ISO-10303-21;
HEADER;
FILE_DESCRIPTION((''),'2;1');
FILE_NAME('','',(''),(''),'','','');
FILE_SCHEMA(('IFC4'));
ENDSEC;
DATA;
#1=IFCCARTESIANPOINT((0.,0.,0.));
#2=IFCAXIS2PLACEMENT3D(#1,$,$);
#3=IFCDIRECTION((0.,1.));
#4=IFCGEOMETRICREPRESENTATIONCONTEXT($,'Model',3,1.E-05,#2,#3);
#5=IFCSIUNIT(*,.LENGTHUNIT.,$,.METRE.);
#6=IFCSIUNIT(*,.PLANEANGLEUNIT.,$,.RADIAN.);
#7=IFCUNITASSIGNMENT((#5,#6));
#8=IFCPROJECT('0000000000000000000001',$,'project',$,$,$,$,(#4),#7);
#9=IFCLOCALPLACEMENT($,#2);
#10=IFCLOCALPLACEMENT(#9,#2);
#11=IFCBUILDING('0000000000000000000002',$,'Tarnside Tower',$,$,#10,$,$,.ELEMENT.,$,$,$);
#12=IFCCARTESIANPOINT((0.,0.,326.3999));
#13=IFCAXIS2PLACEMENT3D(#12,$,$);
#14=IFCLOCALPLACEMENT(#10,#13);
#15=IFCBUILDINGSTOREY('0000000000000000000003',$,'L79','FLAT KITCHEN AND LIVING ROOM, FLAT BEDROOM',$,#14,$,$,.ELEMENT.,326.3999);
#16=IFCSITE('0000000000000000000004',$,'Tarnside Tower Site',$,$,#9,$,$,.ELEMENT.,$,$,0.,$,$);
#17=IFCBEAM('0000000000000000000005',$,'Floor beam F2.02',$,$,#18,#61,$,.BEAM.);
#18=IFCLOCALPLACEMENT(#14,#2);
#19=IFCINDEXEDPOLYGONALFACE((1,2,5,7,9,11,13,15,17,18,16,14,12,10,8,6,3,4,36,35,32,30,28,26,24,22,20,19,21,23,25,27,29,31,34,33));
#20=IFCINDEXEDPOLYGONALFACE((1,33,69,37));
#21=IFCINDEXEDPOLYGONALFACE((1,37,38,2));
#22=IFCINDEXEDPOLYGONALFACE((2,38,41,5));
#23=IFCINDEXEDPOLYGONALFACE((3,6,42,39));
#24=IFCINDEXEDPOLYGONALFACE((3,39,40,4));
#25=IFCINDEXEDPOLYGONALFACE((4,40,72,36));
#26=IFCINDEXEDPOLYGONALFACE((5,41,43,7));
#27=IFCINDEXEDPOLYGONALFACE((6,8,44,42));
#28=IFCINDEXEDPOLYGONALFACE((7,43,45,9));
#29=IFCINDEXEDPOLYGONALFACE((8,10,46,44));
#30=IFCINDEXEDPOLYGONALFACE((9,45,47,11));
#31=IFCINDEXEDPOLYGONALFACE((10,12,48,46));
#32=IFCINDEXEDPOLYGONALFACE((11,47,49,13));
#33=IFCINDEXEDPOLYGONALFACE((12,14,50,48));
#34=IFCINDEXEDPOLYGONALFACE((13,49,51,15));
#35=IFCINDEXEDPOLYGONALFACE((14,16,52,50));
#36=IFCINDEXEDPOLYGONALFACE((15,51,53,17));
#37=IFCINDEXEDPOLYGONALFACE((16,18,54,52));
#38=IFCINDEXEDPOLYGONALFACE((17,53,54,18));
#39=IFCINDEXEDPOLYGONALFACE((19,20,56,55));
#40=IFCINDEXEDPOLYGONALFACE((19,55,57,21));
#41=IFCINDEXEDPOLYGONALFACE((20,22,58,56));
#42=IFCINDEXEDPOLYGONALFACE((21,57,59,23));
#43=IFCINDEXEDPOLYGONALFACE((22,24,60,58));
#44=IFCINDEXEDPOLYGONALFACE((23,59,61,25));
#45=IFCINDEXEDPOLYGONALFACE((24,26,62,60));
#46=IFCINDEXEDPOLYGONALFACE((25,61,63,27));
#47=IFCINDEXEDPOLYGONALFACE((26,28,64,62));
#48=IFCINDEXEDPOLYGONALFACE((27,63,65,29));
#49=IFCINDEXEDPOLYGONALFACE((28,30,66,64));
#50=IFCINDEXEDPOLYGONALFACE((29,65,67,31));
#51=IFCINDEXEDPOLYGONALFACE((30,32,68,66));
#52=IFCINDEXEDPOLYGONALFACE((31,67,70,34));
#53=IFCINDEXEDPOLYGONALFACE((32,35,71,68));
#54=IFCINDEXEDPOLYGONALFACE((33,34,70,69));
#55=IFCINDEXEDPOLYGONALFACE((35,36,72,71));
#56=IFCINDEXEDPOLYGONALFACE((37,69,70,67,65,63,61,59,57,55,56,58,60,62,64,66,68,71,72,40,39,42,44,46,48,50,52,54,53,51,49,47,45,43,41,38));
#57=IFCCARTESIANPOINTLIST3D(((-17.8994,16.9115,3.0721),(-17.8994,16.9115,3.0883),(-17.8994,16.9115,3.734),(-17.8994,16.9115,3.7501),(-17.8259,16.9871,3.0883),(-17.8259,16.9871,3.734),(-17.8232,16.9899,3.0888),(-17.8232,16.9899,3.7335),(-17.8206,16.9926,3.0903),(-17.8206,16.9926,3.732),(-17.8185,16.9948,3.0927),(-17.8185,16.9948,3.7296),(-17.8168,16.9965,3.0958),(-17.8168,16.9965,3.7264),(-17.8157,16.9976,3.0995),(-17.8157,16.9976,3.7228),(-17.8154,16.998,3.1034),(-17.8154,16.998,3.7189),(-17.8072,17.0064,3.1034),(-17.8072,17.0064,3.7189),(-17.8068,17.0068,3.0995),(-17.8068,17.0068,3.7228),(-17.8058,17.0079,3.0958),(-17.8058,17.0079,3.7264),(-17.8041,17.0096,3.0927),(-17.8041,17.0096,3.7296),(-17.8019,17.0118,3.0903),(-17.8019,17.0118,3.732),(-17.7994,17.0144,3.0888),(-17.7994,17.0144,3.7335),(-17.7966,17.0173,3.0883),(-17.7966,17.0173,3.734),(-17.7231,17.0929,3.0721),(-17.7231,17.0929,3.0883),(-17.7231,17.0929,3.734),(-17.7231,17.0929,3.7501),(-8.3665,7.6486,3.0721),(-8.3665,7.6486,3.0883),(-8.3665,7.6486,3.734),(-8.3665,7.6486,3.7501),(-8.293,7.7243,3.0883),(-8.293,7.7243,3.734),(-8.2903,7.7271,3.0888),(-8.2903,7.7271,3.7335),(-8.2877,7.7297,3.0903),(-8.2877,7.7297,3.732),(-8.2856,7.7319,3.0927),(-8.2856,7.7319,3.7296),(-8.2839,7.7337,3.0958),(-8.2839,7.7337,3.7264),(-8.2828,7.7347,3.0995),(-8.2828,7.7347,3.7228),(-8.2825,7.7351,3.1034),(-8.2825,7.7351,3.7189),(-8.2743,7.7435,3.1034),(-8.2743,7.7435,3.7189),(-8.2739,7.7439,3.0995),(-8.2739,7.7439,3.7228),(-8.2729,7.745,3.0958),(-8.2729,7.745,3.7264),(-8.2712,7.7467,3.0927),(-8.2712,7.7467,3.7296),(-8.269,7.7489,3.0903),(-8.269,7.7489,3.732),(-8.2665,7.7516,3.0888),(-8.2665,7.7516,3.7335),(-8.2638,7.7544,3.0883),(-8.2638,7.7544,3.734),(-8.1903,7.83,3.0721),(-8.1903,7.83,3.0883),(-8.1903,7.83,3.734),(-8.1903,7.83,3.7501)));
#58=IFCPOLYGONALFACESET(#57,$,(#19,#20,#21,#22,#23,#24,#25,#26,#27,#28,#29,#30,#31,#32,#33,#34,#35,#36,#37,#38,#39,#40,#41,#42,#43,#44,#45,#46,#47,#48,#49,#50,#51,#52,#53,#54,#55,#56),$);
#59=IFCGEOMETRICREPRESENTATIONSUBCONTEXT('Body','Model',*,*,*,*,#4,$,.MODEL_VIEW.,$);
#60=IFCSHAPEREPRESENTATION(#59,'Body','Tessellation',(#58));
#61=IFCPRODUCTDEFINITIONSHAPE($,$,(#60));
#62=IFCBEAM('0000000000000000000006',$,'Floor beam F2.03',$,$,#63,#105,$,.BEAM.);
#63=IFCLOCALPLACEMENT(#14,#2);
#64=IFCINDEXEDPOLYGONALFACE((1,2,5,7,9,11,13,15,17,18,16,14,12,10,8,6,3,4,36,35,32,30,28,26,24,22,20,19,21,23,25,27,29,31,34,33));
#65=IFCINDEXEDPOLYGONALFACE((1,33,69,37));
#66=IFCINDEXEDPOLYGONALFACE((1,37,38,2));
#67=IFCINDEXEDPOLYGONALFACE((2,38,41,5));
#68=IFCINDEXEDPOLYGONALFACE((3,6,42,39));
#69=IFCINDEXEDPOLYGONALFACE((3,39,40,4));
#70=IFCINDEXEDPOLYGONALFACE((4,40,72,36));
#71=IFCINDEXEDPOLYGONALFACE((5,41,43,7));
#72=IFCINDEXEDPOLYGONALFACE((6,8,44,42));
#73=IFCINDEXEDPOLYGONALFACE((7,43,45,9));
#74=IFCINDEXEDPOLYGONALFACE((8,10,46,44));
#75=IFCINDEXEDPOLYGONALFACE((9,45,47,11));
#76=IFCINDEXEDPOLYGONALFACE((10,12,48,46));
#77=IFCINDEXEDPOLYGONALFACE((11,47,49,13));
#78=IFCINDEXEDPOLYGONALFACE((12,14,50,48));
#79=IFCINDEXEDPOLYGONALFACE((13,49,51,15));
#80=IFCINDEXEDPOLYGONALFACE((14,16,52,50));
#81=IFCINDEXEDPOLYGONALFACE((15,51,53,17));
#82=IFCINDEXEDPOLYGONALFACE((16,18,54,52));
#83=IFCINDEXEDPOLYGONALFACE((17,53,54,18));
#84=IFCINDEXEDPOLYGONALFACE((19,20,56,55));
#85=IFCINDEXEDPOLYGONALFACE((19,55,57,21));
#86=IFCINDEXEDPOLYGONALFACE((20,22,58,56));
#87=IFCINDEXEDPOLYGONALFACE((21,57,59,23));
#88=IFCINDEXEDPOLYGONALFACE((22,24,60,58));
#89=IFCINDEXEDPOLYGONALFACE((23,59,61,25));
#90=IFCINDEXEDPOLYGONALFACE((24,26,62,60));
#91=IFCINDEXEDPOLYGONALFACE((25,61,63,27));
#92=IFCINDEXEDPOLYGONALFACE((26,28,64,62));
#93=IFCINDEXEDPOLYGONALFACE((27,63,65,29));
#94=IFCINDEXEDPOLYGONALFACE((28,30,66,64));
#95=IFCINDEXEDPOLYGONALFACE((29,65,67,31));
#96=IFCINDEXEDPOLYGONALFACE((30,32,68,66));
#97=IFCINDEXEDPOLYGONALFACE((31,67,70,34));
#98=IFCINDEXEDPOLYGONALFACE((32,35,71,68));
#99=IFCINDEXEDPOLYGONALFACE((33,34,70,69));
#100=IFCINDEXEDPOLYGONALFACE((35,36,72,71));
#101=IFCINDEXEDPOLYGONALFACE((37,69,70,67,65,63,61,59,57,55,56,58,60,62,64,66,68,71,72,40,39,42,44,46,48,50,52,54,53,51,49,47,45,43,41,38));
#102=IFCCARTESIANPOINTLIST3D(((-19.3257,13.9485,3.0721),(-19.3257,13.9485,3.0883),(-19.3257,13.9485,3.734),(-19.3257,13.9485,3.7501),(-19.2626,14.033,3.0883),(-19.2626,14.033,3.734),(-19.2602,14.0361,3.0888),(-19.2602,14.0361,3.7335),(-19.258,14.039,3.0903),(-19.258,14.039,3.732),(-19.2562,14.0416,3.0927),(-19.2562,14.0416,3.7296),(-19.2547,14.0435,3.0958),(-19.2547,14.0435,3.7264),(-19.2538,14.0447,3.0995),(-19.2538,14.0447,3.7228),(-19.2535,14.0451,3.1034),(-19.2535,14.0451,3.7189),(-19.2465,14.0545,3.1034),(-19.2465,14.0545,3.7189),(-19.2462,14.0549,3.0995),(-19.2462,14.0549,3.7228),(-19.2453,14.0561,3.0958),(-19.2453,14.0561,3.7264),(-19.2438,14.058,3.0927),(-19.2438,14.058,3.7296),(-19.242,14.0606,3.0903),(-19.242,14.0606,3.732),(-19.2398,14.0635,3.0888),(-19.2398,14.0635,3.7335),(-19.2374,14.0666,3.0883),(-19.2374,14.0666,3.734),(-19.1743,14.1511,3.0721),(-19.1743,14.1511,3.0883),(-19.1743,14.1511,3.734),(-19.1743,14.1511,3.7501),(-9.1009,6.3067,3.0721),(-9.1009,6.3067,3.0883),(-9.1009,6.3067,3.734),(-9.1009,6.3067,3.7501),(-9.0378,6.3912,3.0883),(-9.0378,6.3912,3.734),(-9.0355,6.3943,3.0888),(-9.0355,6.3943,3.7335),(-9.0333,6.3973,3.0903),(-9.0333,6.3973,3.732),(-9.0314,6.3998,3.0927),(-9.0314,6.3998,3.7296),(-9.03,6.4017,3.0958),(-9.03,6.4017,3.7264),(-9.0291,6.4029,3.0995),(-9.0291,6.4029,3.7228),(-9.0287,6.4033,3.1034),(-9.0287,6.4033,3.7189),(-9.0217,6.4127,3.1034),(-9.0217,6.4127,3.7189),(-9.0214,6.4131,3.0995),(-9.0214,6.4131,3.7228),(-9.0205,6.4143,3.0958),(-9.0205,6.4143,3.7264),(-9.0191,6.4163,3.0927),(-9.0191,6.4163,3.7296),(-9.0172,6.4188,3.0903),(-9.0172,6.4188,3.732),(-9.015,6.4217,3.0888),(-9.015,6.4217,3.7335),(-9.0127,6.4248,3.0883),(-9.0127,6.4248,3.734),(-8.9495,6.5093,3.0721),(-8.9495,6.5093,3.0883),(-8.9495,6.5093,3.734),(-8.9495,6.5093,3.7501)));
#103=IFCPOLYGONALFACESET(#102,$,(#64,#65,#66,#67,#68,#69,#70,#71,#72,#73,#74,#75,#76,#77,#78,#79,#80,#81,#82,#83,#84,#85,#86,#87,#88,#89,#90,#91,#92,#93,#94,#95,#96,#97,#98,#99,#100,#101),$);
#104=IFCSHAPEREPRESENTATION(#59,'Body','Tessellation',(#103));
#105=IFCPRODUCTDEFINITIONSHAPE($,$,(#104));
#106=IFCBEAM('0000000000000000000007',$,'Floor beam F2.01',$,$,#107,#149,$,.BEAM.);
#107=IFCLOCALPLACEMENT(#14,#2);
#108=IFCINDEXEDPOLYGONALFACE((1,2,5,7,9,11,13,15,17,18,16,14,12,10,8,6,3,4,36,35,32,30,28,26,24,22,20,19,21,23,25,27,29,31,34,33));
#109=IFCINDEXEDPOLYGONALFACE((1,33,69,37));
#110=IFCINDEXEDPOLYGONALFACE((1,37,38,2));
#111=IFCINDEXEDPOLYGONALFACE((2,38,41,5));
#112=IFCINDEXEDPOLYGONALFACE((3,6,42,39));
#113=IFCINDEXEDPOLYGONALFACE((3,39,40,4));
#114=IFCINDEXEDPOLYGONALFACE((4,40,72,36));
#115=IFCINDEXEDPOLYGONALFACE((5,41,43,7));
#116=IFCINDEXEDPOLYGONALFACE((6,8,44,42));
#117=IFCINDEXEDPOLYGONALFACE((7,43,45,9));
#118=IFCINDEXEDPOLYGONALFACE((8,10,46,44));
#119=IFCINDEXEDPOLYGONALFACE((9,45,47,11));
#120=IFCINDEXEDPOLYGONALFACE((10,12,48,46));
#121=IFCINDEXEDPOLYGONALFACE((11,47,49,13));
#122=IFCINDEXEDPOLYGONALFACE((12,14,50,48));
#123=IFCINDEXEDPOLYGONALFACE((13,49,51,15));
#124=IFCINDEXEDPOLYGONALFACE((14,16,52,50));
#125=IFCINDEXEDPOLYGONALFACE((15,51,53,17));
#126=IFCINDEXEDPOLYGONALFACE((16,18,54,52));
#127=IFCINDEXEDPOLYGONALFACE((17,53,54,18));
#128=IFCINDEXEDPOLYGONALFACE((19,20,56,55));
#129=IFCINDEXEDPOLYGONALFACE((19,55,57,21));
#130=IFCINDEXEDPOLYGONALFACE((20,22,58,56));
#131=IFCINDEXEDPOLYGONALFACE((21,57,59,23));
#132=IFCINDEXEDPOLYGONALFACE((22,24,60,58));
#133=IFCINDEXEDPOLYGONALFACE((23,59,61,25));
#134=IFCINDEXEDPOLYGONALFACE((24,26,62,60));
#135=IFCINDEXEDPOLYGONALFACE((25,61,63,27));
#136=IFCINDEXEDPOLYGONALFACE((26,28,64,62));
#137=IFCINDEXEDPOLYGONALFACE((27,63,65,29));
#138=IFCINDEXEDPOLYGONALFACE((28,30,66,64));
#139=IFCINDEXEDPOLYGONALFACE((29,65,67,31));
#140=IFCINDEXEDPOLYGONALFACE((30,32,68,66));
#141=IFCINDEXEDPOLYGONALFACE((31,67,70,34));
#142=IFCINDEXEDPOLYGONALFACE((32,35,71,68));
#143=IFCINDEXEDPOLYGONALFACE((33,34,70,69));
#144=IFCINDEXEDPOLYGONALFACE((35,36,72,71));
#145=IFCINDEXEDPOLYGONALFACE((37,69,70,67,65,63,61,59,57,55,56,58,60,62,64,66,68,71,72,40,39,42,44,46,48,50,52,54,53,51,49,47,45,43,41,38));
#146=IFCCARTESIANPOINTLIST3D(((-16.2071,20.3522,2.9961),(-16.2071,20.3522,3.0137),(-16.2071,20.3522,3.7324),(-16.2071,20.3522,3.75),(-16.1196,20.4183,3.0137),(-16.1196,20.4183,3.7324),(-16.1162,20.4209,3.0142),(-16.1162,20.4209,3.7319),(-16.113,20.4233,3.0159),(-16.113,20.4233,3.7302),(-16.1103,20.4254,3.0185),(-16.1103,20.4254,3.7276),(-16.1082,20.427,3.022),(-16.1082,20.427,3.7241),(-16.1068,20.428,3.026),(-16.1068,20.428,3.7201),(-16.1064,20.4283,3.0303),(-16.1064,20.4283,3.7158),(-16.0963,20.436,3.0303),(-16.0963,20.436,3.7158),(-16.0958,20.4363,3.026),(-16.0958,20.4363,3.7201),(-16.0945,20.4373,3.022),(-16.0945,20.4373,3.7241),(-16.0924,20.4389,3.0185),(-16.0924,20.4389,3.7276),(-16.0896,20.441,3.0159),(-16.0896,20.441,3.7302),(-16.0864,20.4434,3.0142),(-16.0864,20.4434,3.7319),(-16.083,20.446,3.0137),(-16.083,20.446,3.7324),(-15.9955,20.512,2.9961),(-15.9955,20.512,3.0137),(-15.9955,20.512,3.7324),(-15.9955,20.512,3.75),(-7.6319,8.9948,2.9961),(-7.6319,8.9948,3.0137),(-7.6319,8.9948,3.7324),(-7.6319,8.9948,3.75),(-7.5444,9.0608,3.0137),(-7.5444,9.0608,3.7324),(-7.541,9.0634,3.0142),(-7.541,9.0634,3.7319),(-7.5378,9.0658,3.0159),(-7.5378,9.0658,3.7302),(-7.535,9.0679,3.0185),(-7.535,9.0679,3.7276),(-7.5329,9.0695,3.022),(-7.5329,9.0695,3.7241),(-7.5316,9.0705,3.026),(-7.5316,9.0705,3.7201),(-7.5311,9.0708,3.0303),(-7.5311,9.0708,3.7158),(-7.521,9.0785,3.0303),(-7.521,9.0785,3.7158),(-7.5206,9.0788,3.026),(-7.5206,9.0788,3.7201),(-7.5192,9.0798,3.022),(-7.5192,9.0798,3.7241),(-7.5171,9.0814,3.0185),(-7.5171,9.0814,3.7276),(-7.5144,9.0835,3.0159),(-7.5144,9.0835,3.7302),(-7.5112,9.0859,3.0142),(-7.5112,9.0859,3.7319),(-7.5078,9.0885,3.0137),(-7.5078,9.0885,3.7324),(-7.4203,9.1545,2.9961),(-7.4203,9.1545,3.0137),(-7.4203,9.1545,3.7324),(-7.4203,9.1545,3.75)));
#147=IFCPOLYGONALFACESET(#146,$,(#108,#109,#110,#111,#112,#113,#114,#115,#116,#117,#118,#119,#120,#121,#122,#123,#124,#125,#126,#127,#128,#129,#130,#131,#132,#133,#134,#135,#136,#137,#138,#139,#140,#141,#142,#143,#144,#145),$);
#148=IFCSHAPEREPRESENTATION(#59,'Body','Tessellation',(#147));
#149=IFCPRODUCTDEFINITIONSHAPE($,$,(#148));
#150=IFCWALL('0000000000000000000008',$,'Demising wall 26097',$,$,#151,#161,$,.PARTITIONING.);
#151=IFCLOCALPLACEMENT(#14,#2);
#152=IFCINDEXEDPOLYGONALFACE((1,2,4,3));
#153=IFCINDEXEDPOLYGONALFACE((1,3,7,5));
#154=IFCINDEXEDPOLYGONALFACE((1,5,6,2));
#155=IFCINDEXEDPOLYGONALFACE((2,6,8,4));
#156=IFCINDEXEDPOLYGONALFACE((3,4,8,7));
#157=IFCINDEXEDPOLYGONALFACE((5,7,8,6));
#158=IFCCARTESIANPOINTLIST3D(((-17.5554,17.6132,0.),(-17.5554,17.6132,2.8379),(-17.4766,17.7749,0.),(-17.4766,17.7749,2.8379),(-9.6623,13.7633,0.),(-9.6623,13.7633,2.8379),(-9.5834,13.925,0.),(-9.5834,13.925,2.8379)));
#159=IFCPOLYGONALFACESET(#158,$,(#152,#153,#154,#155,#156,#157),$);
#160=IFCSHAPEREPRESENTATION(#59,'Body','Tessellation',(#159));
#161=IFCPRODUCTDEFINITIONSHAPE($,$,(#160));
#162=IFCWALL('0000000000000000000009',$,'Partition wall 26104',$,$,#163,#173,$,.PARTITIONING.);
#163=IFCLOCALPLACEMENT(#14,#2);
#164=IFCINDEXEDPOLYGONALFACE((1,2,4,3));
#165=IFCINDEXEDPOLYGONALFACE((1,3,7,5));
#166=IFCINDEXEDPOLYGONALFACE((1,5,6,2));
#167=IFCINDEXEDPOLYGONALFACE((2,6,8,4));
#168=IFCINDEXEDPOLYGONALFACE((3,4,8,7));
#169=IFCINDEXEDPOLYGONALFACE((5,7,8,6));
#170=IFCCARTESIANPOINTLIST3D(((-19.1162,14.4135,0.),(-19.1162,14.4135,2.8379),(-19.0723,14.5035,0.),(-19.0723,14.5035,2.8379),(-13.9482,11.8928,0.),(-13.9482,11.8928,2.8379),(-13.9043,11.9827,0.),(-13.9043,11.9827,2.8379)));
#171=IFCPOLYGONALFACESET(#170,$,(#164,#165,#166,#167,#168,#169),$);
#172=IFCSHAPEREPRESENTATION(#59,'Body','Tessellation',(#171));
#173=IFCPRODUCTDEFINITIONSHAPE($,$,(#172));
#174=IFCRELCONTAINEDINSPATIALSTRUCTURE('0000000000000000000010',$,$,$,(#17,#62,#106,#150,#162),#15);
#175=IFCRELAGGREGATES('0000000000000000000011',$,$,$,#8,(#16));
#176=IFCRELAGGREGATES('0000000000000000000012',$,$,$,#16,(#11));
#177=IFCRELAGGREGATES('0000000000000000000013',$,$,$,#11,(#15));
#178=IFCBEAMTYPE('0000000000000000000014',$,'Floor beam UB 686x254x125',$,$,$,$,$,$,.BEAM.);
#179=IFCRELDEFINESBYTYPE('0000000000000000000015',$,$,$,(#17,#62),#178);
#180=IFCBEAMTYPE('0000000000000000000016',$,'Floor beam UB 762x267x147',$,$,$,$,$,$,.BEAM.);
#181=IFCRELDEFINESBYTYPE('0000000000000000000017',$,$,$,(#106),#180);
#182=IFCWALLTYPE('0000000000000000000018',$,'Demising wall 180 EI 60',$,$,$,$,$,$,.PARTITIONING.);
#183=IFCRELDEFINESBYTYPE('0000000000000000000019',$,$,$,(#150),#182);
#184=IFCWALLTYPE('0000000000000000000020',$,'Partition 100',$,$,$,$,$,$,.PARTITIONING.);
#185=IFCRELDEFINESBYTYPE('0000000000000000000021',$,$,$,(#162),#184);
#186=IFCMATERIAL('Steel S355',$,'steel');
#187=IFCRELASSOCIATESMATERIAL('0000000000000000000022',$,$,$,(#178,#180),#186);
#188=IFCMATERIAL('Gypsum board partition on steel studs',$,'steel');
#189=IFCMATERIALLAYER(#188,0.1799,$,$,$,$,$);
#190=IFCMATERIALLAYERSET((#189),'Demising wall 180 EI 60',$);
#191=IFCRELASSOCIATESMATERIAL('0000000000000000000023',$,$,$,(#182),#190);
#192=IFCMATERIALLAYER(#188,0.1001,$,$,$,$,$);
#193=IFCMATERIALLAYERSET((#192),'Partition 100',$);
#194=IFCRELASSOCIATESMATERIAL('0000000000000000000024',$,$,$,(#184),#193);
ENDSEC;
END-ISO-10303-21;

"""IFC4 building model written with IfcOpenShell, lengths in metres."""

from ifc_helpers import new_model, si_unit, direction, frame, frame_2d, origin, origin_2d, place, context, subcontext, project, spatial, rectangle, i_section, extrude, material, layer, layer_set, material_profile, profile_set, type_object, element, save


model = new_model("IFC4")

# Units and contexts
model_context = context("Model", 3, precision=1e-05, world=origin(), true_north=direction((0.0, 1.0)))
body_context = subcontext(model_context, "Body", "Model", "MODEL_VIEW")
ifc_project = project(units=[si_unit("LENGTHUNIT", "METRE"), si_unit("PLANEANGLEUNIT", "RADIAN")], contexts=[model_context])

# Site, building, storey
site_placement = place(None, origin())
site = spatial("IfcSite", under=ifc_project, at=site_placement, Name="Tarnside Tower Site", CompositionType="ELEMENT", RefElevation=0.0)
building_placement = place(site_placement, origin())
building = spatial("IfcBuilding", under=site, at=building_placement, Name="Tarnside Tower", CompositionType="ELEMENT")
storey_placement = place(building_placement, frame((0.0, 0.0, 326.3999)))
storey = spatial("IfcBuildingStorey", under=building, at=storey_placement, Name="L79", Description="FLAT KITCHEN AND LIVING ROOM, FLAT BEDROOM", CompositionType="ELEMENT", Elevation=326.3999)

# Beams
ifc_material_1 = material(Name="Steel S355", Category="steel")
ifc_material_profile_1 = material_profile(ifc_material_1, i_section(OverallWidth=0.2529, OverallDepth=0.678, WebThickness=0.0117, FlangeThickness=0.0161, FilletRadius=0.0151, at=origin_2d()), Name="UB 686x254x125")
ifc_profile_set_1 = profile_set([ifc_material_profile_1], Name="Steel S355")
beam_type_1 = type_object("IfcBeamType", Name="Floor beam UB 686x254x125", PredefinedType="BEAM", material=ifc_profile_set_1)
beam_1_placement = place(storey_placement, frame((-17.8113, 17.0022, 3.4111), z_axis=(0.717191, -0.696877, 0.0), x_axis=(0.696877, 0.717191, 0.0)))
element("IfcBeam", 1, at=beam_1_placement, inside=storey, type_object=beam_type_1, Name="Floor beam F2.02", PredefinedType="BEAM", context=body_context, shape_type="SweptSolid", body=[
    extrude(i_section(OverallWidth=0.2529, OverallDepth=0.678, WebThickness=0.0117, FlangeThickness=0.0161, FilletRadius=0.0151, at=origin_2d()), origin(), (0.0, 0.0, 1.0), 13.292),
])
beam_2_placement = place(storey_placement, frame((-19.25, 14.0498, 3.4111), z_axis=(0.801006, -0.598656, 0.0), x_axis=(0.598656, 0.801006, 0.0)))
element("IfcBeam", 2, at=beam_2_placement, inside=storey, type_object=beam_type_1, Name="Floor beam F2.03", PredefinedType="BEAM", context=body_context, shape_type="SweptSolid", body=[
    extrude(i_section(OverallWidth=0.2529, OverallDepth=0.678, WebThickness=0.0117, FlangeThickness=0.0161, FilletRadius=0.0151, at=origin_2d()), origin(), (0.0, 0.0, 1.0), 12.7649),
])
ifc_material_profile_2 = material_profile(ifc_material_1, i_section(OverallWidth=0.2651, OverallDepth=0.7539, WebThickness=0.0127, FlangeThickness=0.0176, FilletRadius=0.0166, at=origin_2d()), Name="UB 762x267x147")
ifc_profile_set_2 = profile_set([ifc_material_profile_2], Name="Steel S355")
beam_type_2 = type_object("IfcBeamType", Name="Floor beam UB 762x267x147", PredefinedType="BEAM", material=ifc_profile_set_2)
beam_3_placement = place(storey_placement, frame((-16.1013, 20.4321, 3.373), z_axis=(0.602566, -0.798069, 0.0), x_axis=(0.798069, 0.602566, 0.0)))
element("IfcBeam", 3, at=beam_3_placement, inside=storey, type_object=beam_type_2, Name="Floor beam F2.01", PredefinedType="BEAM", context=body_context, shape_type="SweptSolid", body=[
    extrude(i_section(OverallWidth=0.2651, OverallDepth=0.7539, WebThickness=0.0127, FlangeThickness=0.0176, FilletRadius=0.0166, at=origin_2d()), origin(), (0.0, 0.0, 1.0), 14.2312),
])

# Walls
ifc_material_2 = material(Name="Gypsum board partition on steel studs", Category="steel")
ifc_layer_1 = layer(ifc_material_2, 0.1799)
ifc_layer_set_1 = layer_set([ifc_layer_1], Name="Demising wall 180 EI 60")
wall_type_1 = type_object("IfcWallType", Name="Demising wall 180 EI 60", PredefinedType="PARTITIONING", material=ifc_layer_set_1)
wall_1_placement = place(storey_placement, frame((-17.5161, 17.6941, 0.0), z_axis=(0.0, 0.0, 1.0), x_axis=(0.898787, -0.438385, 0.0)))
element("IfcWall", 4, at=wall_1_placement, inside=storey, type_object=wall_type_1, Name="Demising wall 26097", PredefinedType="PARTITIONING", context=body_context, shape_type="SweptSolid", body=[
    extrude(rectangle(XDim=8.782, YDim=0.1799, at=frame_2d((4.3911, 0.0))), origin(), (0.0, 0.0, 1.0), 2.8379),
])
ifc_layer_2 = layer(ifc_material_2, 0.1001)
ifc_layer_set_2 = layer_set([ifc_layer_2], Name="Partition 100")
wall_type_2 = type_object("IfcWallType", Name="Partition 100", PredefinedType="PARTITIONING", material=ifc_layer_set_2)
wall_2_placement = place(storey_placement, frame((-13.9263, 11.9377, 0.0), z_axis=(0.0, 0.0, 1.0), x_axis=(-0.898783, 0.438394, 0.0)))
element("IfcWall", 5, at=wall_2_placement, inside=storey, type_object=wall_type_2, Name="Partition wall 26104", PredefinedType="PARTITIONING", context=body_context, shape_type="SweptSolid", body=[
    extrude(rectangle(XDim=5.75, YDim=0.1001, at=frame_2d((2.875, 0.0))), origin(), (0.0, 0.0, 1.0), 2.8379),
])

save(model, "model.ifc")
